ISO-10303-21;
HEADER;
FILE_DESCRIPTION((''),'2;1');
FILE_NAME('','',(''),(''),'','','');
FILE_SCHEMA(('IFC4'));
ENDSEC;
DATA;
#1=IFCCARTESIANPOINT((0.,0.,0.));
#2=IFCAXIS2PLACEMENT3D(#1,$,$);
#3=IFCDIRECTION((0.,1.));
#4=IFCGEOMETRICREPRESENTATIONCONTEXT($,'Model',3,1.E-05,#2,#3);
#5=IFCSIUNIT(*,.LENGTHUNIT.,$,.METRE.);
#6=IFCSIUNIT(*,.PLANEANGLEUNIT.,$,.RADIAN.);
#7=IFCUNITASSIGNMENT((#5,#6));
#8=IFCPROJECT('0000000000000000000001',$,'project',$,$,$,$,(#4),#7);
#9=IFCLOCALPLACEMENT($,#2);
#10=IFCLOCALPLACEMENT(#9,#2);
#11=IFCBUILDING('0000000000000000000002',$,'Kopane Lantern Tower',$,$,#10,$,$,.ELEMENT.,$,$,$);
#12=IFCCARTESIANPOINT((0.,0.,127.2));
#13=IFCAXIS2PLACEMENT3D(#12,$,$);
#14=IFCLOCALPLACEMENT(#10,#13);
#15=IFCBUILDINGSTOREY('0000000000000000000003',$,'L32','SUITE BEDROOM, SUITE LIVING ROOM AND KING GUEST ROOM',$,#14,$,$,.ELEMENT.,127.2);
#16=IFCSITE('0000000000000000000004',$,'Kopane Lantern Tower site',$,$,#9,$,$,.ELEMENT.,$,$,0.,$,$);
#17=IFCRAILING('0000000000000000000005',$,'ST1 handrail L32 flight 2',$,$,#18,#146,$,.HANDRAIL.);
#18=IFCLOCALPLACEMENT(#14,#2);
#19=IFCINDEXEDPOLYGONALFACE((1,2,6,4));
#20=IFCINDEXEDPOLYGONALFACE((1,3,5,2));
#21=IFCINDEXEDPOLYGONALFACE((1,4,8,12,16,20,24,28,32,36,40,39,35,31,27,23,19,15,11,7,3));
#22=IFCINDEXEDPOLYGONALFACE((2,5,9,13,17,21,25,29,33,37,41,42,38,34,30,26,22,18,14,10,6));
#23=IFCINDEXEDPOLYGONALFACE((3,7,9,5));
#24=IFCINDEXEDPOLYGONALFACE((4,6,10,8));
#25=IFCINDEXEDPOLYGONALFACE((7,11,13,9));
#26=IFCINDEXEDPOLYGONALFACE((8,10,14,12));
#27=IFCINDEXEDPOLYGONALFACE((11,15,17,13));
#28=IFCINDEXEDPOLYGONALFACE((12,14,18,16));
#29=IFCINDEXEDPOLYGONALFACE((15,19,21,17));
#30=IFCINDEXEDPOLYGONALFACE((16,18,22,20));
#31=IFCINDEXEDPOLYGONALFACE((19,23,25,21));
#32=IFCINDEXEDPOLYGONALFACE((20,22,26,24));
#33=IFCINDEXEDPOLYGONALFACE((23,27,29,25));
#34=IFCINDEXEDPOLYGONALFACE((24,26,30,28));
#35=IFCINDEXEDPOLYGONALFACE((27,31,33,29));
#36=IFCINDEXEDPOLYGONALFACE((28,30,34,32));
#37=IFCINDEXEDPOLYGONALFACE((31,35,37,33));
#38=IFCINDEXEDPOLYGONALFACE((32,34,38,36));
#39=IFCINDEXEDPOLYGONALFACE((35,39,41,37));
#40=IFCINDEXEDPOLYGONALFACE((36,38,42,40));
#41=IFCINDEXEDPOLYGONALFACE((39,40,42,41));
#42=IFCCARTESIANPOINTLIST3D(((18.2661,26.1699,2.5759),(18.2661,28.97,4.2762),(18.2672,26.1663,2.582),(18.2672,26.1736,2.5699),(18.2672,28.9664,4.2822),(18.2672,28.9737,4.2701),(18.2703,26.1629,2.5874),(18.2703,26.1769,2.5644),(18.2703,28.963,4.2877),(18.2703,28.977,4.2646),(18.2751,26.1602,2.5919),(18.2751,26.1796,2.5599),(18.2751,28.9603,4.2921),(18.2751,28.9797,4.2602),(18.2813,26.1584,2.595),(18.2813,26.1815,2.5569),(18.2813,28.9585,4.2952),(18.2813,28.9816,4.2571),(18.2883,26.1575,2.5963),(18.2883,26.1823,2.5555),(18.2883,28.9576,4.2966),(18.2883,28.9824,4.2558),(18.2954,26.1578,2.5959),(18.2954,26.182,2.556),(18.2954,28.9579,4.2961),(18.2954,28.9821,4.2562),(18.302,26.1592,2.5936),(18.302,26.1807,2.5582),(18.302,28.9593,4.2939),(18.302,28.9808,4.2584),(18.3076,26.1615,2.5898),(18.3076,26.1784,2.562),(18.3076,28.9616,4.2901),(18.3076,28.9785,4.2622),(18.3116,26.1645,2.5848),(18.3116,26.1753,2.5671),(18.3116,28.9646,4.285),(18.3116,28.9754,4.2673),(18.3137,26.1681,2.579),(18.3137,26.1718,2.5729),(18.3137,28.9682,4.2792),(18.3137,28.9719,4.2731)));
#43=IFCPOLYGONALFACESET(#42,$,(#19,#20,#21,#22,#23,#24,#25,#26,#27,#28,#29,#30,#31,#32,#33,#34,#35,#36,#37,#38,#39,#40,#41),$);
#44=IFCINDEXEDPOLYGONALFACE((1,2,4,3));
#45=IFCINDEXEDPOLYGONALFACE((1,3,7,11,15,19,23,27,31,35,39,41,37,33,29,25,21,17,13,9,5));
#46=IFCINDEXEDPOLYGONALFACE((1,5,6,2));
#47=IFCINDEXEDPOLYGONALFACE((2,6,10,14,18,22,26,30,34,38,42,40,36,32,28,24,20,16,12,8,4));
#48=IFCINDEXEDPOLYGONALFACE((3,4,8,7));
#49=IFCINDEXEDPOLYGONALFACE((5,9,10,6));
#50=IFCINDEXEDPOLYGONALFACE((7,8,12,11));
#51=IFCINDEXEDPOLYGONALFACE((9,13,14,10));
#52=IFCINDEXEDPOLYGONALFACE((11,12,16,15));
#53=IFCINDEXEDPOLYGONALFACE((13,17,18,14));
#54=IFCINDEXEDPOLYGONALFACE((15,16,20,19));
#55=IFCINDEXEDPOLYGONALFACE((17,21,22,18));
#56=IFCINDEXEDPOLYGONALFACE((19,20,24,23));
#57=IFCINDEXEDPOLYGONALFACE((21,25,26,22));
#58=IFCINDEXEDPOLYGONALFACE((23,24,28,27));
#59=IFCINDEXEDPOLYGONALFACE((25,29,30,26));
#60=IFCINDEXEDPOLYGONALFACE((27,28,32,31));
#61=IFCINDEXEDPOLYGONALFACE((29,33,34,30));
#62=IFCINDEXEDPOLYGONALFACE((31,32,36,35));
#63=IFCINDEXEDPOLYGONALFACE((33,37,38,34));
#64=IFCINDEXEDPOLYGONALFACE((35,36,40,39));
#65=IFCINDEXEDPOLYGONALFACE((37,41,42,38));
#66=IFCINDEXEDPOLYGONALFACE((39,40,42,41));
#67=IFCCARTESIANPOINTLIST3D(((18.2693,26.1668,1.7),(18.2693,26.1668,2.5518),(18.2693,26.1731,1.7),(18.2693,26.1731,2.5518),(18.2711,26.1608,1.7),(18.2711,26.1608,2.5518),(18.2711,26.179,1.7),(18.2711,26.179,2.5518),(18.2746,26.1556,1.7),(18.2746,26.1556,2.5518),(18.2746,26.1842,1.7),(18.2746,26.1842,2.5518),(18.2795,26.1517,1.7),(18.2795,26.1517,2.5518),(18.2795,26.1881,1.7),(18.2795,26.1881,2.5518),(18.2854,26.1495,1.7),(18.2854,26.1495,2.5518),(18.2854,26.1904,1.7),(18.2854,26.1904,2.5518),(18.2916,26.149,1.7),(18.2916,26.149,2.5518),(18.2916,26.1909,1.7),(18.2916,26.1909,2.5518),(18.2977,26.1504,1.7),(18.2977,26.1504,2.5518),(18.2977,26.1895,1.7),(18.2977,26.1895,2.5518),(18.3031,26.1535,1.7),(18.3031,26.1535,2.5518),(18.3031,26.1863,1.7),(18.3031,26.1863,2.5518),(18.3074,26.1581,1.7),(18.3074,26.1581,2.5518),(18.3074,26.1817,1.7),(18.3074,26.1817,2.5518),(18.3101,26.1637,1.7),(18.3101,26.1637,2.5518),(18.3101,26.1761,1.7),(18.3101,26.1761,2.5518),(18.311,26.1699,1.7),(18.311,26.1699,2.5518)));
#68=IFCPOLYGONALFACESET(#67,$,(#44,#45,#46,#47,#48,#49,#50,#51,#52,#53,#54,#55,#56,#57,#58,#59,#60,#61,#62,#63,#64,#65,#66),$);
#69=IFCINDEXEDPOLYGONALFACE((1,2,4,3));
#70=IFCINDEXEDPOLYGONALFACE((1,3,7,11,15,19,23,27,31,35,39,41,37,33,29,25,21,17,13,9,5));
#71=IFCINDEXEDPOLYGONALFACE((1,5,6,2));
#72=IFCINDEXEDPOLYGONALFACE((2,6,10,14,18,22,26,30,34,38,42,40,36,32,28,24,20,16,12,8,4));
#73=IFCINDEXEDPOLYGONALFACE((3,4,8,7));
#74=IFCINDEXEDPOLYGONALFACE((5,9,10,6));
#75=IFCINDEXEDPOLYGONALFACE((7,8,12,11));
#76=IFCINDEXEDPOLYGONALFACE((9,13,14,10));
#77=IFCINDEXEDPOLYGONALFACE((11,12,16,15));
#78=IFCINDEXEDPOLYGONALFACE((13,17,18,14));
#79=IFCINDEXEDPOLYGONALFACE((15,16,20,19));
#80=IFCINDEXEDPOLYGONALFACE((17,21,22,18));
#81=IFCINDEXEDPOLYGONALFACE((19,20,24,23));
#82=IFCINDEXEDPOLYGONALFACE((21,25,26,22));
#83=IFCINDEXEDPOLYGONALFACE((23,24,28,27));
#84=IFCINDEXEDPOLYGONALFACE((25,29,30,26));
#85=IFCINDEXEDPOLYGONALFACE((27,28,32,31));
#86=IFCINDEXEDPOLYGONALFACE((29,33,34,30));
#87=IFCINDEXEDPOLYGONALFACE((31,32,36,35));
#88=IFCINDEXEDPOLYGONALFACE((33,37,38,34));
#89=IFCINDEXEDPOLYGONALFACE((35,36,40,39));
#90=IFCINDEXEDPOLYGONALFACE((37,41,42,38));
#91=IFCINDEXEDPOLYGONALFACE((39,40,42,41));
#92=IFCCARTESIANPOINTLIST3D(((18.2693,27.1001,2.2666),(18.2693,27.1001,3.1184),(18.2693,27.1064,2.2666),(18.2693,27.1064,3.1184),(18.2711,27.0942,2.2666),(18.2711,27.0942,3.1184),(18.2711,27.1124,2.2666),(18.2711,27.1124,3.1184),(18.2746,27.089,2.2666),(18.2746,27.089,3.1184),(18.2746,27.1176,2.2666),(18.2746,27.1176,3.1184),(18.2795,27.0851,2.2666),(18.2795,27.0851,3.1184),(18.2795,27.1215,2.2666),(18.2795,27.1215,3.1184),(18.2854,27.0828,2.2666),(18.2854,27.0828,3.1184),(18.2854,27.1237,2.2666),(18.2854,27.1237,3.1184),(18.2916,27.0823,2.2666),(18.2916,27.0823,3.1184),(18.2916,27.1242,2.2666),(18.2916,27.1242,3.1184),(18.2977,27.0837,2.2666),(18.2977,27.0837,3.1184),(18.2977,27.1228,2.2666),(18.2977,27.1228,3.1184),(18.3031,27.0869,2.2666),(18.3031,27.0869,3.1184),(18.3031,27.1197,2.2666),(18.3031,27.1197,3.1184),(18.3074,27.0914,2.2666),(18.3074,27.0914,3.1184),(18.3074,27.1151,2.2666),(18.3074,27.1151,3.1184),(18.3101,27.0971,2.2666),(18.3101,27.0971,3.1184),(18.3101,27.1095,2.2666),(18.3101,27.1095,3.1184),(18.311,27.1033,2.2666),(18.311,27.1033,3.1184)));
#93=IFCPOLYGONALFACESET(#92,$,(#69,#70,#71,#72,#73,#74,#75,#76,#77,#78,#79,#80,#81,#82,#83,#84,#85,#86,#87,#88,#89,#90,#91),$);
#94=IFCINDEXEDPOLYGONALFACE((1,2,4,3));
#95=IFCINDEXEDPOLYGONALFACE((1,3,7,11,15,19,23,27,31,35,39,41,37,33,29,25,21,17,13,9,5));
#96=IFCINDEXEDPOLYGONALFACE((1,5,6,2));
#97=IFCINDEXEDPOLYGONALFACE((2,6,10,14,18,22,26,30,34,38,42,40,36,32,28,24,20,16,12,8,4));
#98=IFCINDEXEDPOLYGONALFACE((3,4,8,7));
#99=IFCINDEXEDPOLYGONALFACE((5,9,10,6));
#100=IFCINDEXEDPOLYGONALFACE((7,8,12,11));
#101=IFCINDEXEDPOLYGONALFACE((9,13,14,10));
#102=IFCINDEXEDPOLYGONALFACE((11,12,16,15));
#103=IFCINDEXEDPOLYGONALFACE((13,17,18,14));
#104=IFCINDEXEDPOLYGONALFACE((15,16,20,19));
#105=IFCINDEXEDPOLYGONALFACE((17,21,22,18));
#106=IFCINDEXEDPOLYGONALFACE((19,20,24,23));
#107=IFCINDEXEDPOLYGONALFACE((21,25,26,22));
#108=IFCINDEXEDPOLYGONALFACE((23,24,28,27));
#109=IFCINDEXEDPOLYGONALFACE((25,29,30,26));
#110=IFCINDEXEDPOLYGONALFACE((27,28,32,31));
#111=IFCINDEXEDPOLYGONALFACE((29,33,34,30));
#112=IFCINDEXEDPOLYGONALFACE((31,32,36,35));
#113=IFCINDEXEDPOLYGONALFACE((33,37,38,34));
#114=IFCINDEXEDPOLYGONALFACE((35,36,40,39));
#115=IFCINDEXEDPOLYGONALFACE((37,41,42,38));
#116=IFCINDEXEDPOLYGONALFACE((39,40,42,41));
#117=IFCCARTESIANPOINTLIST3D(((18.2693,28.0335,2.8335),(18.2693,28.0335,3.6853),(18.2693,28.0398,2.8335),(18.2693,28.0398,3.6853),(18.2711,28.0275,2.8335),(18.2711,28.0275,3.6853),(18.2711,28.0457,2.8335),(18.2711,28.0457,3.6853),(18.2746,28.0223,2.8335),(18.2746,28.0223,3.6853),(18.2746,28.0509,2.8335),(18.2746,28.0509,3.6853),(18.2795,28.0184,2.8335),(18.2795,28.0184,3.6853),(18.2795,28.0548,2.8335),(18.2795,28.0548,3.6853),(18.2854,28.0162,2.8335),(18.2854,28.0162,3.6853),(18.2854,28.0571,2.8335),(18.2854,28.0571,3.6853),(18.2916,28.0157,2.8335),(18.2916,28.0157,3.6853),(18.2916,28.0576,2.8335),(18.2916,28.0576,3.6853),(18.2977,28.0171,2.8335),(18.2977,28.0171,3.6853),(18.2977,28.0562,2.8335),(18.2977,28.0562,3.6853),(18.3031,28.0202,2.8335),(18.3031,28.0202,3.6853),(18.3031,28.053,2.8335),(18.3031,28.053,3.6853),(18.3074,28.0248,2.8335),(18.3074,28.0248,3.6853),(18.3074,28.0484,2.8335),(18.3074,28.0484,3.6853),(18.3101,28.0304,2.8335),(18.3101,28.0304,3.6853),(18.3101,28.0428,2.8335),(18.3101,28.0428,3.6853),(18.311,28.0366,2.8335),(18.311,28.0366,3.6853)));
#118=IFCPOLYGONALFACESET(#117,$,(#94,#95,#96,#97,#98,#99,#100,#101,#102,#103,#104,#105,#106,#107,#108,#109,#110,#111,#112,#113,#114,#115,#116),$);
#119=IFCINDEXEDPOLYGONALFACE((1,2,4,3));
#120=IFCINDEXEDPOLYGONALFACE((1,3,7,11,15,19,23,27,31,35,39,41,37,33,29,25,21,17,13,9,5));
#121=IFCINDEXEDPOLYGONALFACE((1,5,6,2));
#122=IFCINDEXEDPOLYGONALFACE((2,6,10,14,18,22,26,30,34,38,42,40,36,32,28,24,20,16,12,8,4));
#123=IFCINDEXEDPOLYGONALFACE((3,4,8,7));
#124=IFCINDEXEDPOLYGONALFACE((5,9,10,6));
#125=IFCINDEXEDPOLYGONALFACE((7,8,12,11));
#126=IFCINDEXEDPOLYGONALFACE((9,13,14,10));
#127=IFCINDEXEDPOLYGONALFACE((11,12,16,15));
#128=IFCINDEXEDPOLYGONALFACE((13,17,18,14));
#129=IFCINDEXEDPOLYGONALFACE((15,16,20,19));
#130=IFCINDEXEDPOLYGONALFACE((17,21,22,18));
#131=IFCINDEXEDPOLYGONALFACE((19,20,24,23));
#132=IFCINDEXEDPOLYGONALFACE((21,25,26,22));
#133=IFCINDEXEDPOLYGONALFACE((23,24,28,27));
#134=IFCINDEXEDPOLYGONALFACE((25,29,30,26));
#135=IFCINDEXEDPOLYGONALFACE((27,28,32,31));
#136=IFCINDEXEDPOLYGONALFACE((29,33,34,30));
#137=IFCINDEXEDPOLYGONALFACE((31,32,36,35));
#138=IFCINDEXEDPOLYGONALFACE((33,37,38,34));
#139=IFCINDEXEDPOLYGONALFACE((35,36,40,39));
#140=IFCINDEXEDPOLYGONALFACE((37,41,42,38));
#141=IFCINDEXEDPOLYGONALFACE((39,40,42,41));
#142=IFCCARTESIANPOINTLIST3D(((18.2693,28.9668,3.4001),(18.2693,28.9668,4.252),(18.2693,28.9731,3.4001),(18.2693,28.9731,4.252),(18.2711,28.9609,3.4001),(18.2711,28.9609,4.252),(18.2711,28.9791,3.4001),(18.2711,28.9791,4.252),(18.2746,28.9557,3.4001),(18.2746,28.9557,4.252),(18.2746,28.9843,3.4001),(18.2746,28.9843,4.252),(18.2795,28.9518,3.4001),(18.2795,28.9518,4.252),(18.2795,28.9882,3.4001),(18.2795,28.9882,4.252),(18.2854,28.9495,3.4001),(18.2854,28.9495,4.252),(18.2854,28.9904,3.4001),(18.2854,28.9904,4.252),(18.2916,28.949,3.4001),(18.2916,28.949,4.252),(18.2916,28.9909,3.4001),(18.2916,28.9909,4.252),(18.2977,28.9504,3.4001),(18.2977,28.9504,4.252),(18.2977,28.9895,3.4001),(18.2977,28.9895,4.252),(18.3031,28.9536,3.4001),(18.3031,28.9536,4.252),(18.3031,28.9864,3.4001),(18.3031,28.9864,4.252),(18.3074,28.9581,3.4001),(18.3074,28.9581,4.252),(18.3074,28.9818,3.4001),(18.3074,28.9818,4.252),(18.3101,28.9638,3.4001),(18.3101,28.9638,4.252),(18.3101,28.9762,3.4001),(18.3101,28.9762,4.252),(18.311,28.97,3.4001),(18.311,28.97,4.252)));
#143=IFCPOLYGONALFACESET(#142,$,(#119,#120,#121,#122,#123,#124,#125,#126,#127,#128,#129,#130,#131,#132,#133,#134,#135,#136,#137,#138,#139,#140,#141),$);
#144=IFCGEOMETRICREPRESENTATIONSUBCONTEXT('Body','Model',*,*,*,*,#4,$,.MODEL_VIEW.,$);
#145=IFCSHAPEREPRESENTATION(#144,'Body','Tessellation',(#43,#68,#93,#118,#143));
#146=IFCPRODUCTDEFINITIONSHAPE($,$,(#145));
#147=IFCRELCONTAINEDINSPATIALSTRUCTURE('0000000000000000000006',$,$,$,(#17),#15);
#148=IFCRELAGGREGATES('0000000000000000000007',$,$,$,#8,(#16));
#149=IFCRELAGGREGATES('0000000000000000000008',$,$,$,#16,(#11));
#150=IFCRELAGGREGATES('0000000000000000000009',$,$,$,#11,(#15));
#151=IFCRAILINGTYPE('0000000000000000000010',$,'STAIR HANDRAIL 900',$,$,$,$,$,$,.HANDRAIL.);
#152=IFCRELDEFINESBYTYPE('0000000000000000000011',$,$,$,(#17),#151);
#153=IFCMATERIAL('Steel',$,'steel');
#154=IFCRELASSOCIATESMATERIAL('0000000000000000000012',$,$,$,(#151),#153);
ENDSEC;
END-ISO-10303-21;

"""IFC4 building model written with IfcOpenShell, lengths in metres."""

from ifc_helpers import new_model, si_unit, direction, frame, origin, origin_2d, place, context, subcontext, project, spatial, circle, extrude, material, type_object, element, save


model = new_model("IFC4")

# Units and contexts
model_context = context("Model", 3, precision=1e-05, world=origin(), true_north=direction((0.0, 1.0)))
body_context = subcontext(model_context, "Body", "Model", "MODEL_VIEW")
ifc_project = project(units=[si_unit("LENGTHUNIT", "METRE"), si_unit("PLANEANGLEUNIT", "RADIAN")], contexts=[model_context])

# Site, building, storey
site_placement = place(None, origin())
site = spatial("IfcSite", under=ifc_project, at=site_placement, Name="Kopane Lantern Tower site", CompositionType="ELEMENT", RefElevation=0.0)
building_placement = place(site_placement, origin())
building = spatial("IfcBuilding", under=site, at=building_placement, Name="Kopane Lantern Tower", CompositionType="ELEMENT")
storey_placement = place(building_placement, frame((0.0, 0.0, 127.2)))
storey = spatial("IfcBuildingStorey", under=building, at=storey_placement, Name="L32", Description="SUITE BEDROOM, SUITE LIVING ROOM AND KING GUEST ROOM", CompositionType="ELEMENT", Elevation=127.2)

# Railing
ifc_material_1 = material(Name="Steel", Category="steel")
railing_type_1 = type_object("IfcRailingType", Name="STAIR HANDRAIL 900", PredefinedType="HANDRAIL", material=ifc_material_1)
for number, where, name in (
    (1, (18.29, 26.1699, 1.7), "ST1 handrail L32 flight 2"),
):
    element("IfcRailing", number, at=place(storey_placement, frame(where)), inside=storey, type_object=railing_type_1, Name=name, PredefinedType="HANDRAIL", context=body_context, shape_type="SweptSolid", body=[
        extrude(circle(Radius=0.0239, at=origin_2d()), frame((0.0, 0.0, 0.876), z_axis=(0.0, 0.854765, 0.519015), x_axis=(-1.0, 0.0, 0.0)), (0.0, 0.0, 1.0), 3.2759),
        extrude(circle(Radius=0.021, at=origin_2d()), origin(), (0.0, 0.0, 1.0), 0.8518),
        extrude(circle(Radius=0.021, at=origin_2d()), frame((0.0, 0.9333, 0.5667)), (0.0, 0.0, 1.0), 0.8518),
        extrude(circle(Radius=0.021, at=origin_2d()), frame((0.0, 1.8667, 1.1335)), (0.0, 0.0, 1.0), 0.8518),
        extrude(circle(Radius=0.021, at=origin_2d()), frame((0.0, 2.8, 1.7002)), (0.0, 0.0, 1.0), 0.8518),
    ])

save(model, "model.ifc")
